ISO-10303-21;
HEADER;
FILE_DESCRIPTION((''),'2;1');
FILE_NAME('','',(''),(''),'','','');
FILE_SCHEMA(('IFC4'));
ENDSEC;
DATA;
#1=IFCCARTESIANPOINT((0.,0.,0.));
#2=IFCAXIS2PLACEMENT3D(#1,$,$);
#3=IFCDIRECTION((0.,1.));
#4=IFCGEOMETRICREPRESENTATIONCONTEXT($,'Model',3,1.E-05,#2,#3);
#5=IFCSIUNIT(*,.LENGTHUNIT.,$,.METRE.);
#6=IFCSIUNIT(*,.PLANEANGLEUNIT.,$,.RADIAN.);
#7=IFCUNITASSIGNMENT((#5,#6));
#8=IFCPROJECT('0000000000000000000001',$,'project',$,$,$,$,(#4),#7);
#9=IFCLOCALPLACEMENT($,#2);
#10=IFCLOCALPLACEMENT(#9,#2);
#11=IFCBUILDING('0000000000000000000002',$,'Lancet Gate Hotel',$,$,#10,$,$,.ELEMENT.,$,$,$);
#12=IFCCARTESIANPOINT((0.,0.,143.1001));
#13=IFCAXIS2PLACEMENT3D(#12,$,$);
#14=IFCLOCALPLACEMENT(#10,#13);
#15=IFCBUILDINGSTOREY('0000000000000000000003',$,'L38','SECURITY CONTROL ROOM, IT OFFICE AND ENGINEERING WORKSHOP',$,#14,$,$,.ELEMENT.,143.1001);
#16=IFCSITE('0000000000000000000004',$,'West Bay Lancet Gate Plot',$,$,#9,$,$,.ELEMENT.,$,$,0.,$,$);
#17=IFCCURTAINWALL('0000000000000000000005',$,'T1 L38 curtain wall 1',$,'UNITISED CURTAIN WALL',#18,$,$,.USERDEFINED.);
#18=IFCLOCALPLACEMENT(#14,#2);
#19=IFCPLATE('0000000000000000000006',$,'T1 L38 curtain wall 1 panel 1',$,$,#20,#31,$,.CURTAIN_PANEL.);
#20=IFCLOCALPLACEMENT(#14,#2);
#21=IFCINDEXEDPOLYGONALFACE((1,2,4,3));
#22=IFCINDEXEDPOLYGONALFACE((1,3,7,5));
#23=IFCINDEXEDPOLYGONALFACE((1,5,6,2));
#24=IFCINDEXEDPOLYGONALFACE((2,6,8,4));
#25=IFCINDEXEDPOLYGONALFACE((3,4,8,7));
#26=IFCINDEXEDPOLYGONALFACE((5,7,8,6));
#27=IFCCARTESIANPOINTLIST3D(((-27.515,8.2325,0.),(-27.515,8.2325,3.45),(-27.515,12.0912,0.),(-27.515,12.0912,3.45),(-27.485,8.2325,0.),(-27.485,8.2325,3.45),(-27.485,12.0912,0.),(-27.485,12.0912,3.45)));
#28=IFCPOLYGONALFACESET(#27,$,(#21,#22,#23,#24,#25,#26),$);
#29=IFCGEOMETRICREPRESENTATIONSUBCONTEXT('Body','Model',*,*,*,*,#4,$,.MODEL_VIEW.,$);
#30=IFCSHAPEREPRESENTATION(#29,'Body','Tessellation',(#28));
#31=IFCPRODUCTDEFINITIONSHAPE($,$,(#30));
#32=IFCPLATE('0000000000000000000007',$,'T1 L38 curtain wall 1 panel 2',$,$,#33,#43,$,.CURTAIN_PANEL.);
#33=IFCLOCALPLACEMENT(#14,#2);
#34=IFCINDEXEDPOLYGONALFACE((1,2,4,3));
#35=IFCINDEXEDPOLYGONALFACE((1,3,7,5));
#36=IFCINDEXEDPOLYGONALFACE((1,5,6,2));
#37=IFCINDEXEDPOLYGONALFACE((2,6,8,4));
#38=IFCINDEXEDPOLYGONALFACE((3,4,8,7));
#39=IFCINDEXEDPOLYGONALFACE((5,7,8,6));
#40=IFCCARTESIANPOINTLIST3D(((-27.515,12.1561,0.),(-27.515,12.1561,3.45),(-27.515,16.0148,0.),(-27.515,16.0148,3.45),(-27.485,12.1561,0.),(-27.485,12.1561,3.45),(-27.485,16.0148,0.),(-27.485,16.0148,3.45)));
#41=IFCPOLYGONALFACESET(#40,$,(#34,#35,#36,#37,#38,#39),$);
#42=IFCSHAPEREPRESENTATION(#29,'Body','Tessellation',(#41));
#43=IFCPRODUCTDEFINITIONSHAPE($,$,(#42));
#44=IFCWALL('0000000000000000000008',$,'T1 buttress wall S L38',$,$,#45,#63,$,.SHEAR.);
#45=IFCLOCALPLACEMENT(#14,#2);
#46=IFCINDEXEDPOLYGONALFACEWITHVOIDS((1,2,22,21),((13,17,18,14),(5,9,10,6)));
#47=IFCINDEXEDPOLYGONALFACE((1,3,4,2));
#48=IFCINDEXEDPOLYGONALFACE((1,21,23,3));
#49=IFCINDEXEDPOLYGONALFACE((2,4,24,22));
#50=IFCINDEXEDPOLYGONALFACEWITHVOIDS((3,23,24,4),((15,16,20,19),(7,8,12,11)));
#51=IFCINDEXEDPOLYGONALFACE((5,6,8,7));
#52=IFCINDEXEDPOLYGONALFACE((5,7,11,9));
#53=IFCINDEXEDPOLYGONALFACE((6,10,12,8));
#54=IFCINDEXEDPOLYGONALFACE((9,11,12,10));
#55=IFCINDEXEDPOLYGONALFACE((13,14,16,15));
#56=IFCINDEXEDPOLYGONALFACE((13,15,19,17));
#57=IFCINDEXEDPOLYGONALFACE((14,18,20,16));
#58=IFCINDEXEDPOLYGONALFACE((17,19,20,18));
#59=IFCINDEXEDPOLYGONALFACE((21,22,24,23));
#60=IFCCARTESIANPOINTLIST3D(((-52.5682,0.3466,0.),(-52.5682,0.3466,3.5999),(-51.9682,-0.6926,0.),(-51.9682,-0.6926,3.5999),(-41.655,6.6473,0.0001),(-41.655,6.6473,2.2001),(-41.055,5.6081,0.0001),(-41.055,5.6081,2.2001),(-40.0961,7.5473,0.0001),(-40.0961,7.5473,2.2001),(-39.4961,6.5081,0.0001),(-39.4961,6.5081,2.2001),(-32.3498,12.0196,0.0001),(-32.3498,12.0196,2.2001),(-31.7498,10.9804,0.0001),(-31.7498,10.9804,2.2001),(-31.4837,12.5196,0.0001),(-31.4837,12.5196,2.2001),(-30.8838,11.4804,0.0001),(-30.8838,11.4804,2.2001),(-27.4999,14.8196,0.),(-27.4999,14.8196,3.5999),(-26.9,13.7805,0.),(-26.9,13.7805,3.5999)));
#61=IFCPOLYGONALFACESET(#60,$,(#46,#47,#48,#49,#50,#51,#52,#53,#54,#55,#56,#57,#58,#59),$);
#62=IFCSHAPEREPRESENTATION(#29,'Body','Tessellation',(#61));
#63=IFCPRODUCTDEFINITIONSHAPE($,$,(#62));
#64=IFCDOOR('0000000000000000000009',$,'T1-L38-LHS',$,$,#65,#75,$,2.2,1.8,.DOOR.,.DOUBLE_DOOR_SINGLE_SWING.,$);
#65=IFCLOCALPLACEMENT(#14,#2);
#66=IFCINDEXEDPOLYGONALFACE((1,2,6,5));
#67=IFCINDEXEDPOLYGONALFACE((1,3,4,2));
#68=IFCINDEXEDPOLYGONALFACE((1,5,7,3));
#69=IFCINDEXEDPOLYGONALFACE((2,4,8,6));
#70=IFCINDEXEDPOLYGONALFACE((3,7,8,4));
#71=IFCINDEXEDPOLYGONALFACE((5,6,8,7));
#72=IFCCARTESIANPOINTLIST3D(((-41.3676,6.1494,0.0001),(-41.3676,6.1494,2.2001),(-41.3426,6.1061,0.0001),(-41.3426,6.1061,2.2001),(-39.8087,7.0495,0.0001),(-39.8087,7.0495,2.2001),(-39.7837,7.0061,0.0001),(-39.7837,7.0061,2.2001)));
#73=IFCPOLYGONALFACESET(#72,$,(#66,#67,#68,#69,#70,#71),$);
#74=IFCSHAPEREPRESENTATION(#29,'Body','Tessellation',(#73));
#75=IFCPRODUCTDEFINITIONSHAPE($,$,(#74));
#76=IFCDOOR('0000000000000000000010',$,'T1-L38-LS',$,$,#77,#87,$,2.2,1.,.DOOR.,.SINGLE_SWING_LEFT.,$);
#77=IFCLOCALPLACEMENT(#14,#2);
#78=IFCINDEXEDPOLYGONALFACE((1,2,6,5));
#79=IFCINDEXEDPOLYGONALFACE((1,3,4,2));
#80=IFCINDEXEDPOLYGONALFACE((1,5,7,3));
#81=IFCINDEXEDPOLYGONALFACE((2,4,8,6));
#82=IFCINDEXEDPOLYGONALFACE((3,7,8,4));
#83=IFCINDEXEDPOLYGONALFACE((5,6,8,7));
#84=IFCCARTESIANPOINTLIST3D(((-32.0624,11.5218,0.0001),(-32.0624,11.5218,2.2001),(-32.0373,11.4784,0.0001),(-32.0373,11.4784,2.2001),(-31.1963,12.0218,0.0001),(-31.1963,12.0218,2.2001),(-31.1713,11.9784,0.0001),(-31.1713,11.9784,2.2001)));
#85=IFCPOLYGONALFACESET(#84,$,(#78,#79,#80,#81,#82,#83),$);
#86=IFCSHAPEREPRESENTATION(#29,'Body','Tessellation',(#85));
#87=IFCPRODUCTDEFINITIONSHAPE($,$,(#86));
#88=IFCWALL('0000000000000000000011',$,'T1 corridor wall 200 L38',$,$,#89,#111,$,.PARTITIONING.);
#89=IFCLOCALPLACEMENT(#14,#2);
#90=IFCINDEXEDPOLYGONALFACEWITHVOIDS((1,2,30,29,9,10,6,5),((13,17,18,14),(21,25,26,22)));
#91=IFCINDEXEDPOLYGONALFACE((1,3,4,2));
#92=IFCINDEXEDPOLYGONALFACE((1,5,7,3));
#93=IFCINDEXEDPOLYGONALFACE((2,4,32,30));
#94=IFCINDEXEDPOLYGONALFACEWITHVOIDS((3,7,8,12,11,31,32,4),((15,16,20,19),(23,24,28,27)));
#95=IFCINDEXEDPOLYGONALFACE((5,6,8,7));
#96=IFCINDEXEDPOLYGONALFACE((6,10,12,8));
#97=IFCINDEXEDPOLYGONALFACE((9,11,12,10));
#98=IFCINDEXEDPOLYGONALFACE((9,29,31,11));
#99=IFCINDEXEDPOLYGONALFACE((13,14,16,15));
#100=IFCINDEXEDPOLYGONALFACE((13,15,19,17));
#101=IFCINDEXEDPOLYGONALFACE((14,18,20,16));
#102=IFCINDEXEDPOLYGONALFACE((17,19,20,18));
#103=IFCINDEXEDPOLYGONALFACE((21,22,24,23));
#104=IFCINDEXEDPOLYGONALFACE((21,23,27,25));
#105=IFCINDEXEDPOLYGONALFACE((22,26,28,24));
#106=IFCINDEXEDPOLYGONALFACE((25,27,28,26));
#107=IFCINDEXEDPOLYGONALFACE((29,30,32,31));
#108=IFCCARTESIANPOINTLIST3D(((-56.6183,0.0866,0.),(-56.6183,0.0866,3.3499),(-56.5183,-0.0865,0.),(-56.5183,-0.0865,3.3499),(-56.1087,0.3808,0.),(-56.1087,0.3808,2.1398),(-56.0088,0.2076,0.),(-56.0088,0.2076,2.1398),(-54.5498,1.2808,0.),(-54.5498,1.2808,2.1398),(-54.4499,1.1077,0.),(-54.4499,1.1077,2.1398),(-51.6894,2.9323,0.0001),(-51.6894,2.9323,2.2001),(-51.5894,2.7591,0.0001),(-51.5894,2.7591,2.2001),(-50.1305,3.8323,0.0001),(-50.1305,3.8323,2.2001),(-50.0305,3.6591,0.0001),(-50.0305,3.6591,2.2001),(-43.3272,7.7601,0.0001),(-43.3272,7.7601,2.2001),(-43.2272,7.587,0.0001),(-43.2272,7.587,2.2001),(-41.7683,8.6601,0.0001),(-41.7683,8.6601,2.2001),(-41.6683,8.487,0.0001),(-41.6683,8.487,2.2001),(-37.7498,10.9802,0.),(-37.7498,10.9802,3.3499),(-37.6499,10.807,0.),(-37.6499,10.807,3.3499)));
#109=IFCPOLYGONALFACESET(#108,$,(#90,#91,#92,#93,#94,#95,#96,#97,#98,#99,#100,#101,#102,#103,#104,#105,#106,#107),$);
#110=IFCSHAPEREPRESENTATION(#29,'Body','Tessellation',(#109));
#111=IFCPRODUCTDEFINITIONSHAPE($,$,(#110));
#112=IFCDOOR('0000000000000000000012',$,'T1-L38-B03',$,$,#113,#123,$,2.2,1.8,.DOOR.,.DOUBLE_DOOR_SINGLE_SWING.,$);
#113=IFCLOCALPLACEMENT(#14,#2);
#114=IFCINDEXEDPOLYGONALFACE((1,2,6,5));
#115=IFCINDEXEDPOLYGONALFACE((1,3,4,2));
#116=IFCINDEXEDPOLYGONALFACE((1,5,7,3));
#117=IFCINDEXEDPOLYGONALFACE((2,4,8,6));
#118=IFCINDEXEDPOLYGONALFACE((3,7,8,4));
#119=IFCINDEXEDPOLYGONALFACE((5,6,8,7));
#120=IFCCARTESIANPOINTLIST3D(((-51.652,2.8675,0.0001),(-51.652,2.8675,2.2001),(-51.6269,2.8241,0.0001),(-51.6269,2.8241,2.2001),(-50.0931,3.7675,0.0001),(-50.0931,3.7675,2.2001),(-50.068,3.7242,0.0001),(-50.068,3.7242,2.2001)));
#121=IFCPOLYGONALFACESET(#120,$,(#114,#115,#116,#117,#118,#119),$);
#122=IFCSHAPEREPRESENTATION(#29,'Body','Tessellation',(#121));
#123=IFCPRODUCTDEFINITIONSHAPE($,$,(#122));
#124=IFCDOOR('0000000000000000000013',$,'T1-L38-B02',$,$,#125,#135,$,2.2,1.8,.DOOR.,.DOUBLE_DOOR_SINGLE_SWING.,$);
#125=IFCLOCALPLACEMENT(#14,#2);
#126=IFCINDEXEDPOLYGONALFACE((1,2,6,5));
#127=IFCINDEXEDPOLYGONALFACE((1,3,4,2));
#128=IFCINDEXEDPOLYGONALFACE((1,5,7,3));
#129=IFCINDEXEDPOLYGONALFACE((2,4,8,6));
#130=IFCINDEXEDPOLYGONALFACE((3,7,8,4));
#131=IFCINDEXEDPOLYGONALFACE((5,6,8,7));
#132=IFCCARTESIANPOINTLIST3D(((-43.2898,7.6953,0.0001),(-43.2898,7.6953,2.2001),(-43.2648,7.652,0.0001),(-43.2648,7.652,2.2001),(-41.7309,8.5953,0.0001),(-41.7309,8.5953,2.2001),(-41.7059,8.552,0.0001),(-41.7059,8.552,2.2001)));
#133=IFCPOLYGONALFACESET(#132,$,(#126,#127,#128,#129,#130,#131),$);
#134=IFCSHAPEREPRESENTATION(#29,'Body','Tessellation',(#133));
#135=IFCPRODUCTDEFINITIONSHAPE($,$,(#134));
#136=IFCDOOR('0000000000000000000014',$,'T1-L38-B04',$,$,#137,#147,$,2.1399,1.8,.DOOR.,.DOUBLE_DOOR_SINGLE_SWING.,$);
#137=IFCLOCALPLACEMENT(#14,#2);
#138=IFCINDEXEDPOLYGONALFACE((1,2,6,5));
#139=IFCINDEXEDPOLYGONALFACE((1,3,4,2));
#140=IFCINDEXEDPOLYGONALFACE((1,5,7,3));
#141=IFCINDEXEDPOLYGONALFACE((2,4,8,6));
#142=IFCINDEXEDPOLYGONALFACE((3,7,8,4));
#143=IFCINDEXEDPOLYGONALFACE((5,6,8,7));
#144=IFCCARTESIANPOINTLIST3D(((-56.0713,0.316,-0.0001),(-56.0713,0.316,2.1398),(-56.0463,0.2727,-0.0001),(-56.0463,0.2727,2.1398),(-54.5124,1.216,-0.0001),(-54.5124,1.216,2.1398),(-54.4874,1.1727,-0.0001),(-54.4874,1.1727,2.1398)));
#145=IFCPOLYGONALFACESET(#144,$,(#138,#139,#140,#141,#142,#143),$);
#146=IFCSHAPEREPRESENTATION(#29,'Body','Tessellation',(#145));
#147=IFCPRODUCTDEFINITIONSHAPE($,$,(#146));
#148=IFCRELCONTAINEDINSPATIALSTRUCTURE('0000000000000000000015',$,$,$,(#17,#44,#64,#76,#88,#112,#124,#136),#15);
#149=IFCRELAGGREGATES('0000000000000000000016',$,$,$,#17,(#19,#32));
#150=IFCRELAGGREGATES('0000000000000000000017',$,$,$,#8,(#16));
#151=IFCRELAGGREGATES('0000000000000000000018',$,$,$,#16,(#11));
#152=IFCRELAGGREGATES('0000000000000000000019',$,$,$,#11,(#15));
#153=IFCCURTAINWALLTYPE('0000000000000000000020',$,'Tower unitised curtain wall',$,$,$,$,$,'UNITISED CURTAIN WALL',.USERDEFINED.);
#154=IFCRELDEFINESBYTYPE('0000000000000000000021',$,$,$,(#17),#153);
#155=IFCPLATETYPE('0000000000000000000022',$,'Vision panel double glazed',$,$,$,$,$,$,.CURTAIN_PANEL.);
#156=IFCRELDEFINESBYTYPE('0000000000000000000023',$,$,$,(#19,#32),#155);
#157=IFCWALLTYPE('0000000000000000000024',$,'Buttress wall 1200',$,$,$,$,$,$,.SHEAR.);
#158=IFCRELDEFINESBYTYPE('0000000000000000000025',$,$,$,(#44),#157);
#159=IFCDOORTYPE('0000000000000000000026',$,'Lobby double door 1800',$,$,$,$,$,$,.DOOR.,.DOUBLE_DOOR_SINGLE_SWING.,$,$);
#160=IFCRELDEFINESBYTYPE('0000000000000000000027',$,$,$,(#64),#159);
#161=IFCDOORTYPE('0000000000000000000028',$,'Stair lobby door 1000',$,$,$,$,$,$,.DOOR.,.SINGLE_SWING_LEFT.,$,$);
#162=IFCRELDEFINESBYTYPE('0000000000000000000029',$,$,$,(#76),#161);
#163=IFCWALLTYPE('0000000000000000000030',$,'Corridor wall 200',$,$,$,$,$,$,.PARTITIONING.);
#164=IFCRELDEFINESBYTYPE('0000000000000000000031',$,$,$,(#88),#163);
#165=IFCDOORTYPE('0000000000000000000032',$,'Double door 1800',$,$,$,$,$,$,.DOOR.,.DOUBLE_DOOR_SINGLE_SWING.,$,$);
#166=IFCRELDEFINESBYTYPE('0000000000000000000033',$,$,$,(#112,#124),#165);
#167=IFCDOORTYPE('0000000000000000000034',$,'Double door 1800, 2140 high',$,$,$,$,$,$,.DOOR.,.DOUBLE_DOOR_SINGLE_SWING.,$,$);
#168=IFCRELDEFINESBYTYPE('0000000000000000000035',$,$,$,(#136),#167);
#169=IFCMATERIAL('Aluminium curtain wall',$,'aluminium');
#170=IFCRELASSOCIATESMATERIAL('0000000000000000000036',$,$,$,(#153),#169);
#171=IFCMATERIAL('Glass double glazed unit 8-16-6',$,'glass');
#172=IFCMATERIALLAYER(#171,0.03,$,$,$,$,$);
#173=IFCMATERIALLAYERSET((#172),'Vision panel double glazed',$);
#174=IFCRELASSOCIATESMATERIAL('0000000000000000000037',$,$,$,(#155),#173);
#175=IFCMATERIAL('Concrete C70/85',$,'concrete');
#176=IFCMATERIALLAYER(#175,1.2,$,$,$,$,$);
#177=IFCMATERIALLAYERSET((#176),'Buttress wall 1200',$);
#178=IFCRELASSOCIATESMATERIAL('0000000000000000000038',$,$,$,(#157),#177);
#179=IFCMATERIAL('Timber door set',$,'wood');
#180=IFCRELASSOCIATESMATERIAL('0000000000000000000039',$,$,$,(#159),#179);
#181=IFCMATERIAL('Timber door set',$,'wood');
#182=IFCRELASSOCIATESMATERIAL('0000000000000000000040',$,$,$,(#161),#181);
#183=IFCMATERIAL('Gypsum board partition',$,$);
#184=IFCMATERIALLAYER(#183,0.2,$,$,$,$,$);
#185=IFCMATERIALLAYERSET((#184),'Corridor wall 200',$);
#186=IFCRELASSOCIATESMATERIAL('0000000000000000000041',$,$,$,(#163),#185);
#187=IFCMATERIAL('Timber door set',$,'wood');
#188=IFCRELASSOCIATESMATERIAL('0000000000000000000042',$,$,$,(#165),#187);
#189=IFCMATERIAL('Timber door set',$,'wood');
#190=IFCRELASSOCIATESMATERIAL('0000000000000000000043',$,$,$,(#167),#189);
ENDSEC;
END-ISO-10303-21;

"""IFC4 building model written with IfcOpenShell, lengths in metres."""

from ifc_helpers import new_model, si_unit, direction, frame, frame_2d, origin, origin_2d, place, context, subcontext, project, spatial, rectangle, extrude, material, layer, layer_set, type_object, element, fill, aggregate, save


model = new_model("IFC4")

# Units and contexts
model_context = context("Model", 3, precision=1e-05, world=origin(), true_north=direction((0.0, 1.0)))
body_context = subcontext(model_context, "Body", "Model", "MODEL_VIEW")
ifc_project = project(units=[si_unit("LENGTHUNIT", "METRE"), si_unit("PLANEANGLEUNIT", "RADIAN")], contexts=[model_context])

# Site, building, storey
site_placement = place(None, origin())
site = spatial("IfcSite", under=ifc_project, at=site_placement, Name="West Bay Lancet Gate Plot", CompositionType="ELEMENT", RefElevation=0.0)
building_placement = place(site_placement, origin())
building = spatial("IfcBuilding", under=site, at=building_placement, Name="Lancet Gate Hotel", CompositionType="ELEMENT")
storey_placement = place(building_placement, frame((0.0, 0.0, 143.1001)))
storey = spatial("IfcBuildingStorey", under=building, at=storey_placement, Name="L38", Description="SECURITY CONTROL ROOM, IT OFFICE AND ENGINEERING WORKSHOP", CompositionType="ELEMENT", Elevation=143.1001)

# Curtain wall
ifc_material_1 = material(Name="Aluminium curtain wall", Category="aluminium")
curtain_wall_type = type_object("IfcCurtainWallType", Name="Tower unitised curtain wall", ElementType="UNITISED CURTAIN WALL", PredefinedType="USERDEFINED", material=ifc_material_1)
curtain_wall_placement = place(storey_placement, origin())
curtain_wall = element("IfcCurtainWall", 1, at=curtain_wall_placement, inside=storey, type_object=curtain_wall_type, Name="T1 L38 curtain wall 1", ObjectType="UNITISED CURTAIN WALL", PredefinedType="USERDEFINED")

# Plates
ifc_material_2 = material(Name="Glass double glazed unit 8-16-6", Category="glass")
ifc_layer_1 = layer(ifc_material_2, 0.03)
ifc_layer_set_1 = layer_set([ifc_layer_1], Name="Vision panel double glazed")
plate_type = type_object("IfcPlateType", Name="Vision panel double glazed", PredefinedType="CURTAIN_PANEL", material=ifc_layer_set_1)
plate_1_placement = place(storey_placement, frame((-27.5, 10.1619, 0.0), z_axis=(0.0, 0.0, 1.0), x_axis=(0.0, 1.0, 0.0)))
plate_1 = element("IfcPlate", 2, at=plate_1_placement, type_object=plate_type, Name="T1 L38 curtain wall 1 panel 1", PredefinedType="CURTAIN_PANEL", context=body_context, shape_type="SweptSolid", body=[
    extrude(rectangle(XDim=3.8586, YDim=0.03, at=origin_2d()), origin(), (0.0, 0.0, 1.0), 3.45),
])
plate_2_placement = place(storey_placement, frame((-27.5, 14.0854, 0.0), z_axis=(0.0, 0.0, 1.0), x_axis=(0.0, 1.0, 0.0)))
plate_2 = element("IfcPlate", 3, at=plate_2_placement, type_object=plate_type, Name="T1 L38 curtain wall 1 panel 2", PredefinedType="CURTAIN_PANEL", context=body_context, shape_type="SweptSolid", body=[
    extrude(rectangle(XDim=3.8586, YDim=0.03, at=origin_2d()), origin(), (0.0, 0.0, 1.0), 3.45),
])
aggregate(curtain_wall, [plate_1, plate_2])

# Walls, openings, doors
ifc_material_3 = material(Name="Concrete C70/85", Category="concrete")
ifc_layer_2 = layer(ifc_material_3, 1.2)
ifc_layer_set_2 = layer_set([ifc_layer_2], Name="Buttress wall 1200")
wall_type_1 = type_object("IfcWallType", Name="Buttress wall 1200", PredefinedType="SHEAR", material=ifc_layer_set_2)
wall_1_placement = place(storey_placement, frame((-27.2, 14.3, 0.0), z_axis=(0.0, 0.0, 1.0), x_axis=(-0.866027, -0.499998, 0.0)))
wall_1 = element("IfcWall", 4, at=wall_1_placement, inside=storey, type_object=wall_type_1, Name="T1 buttress wall S L38", PredefinedType="SHEAR", context=body_context, shape_type="SweptSolid", body=[
    extrude(rectangle(XDim=28.9463, YDim=1.2, at=frame_2d((14.4731, 0.0))), origin(), (0.0, 0.0, 1.0), 3.5999),
])
opening_1_placement = place(wall_1_placement, frame((4.6001, 0.0, 0.0)))
opening_1 = element("IfcOpeningElement", 5, at=opening_1_placement, cuts=wall_1, PredefinedType="OPENING", context=body_context, shape_type="SweptSolid", body=[
    extrude(rectangle(XDim=1.0, YDim=2.2, at=frame_2d((0.5, 1.1001))), frame((0.0, 0.6099, 0.0), z_axis=(0.0, -1.0, 0.0), x_axis=(1.0, 0.0, 0.0)), (0.0, 0.0, 1.0), 1.22),
])
opening_2_placement = place(wall_1_placement, frame((14.5449, 0.0, 0.0)))
opening_2 = element("IfcOpeningElement", 6, at=opening_2_placement, cuts=wall_1, PredefinedType="OPENING", context=body_context, shape_type="SweptSolid", body=[
    extrude(rectangle(XDim=1.8, YDim=2.2, at=frame_2d((0.8999, 1.1001))), frame((0.0, 0.6099, 0.0), z_axis=(0.0, -1.0, 0.0), x_axis=(1.0, 0.0, 0.0)), (0.0, 0.0, 1.0), 1.22),
])
ifc_material_4 = material(Name="Timber door set", Category="wood")
door_type_1 = type_object("IfcDoorType", Name="Lobby double door 1800", OperationType="DOUBLE_DOOR_SINGLE_SWING", PredefinedType="DOOR", material=ifc_material_4)
door_1_placement = place(opening_2_placement, origin())
door_1 = element("IfcDoor", 7, at=door_1_placement, inside=storey, type_object=door_type_1, Name="T1-L38-LHS", OperationType="DOUBLE_DOOR_SINGLE_SWING", OverallHeight=2.2, OverallWidth=1.8, PredefinedType="DOOR", context=body_context, shape_type="SweptSolid", body=[
    extrude(rectangle(XDim=1.8, YDim=2.2, at=frame_2d((0.8999, 1.1001))), frame((0.0, 0.0249, 0.0), z_axis=(0.0, -1.0, 0.0), x_axis=(1.0, 0.0, 0.0)), (0.0, 0.0, 1.0), 0.05),
])
fill(opening_2, door_1)
ifc_material_5 = material(Name="Timber door set", Category="wood")
door_type_2 = type_object("IfcDoorType", Name="Stair lobby door 1000", OperationType="SINGLE_SWING_LEFT", PredefinedType="DOOR", material=ifc_material_5)
door_2_placement = place(opening_1_placement, origin())
door_2 = element("IfcDoor", 8, at=door_2_placement, inside=storey, type_object=door_type_2, Name="T1-L38-LS", OperationType="SINGLE_SWING_LEFT", OverallHeight=2.2, OverallWidth=1.0, PredefinedType="DOOR", context=body_context, shape_type="SweptSolid", body=[
    extrude(rectangle(XDim=1.0, YDim=2.2, at=frame_2d((0.5, 1.1001))), frame((0.0, 0.0249, 0.0), z_axis=(0.0, -1.0, 0.0), x_axis=(1.0, 0.0, 0.0)), (0.0, 0.0, 1.0), 0.05),
])
fill(opening_1, door_2)
ifc_material_6 = material(Name="Gypsum board partition")
ifc_layer_3 = layer(ifc_material_6, 0.2)
ifc_layer_set_3 = layer_set([ifc_layer_3], Name="Corridor wall 200")
wall_type_2 = type_object("IfcWallType", Name="Corridor wall 200", PredefinedType="PARTITIONING", material=ifc_layer_set_3)
wall_2_placement = place(storey_placement, frame((-37.7, 10.8936, 0.0), z_axis=(0.0, 0.0, 1.0), x_axis=(-0.866028, -0.499996, 0.0)))
wall_2 = element("IfcWall", 9, at=wall_2_placement, inside=storey, type_object=wall_type_2, Name="T1 corridor wall 200 L38", PredefinedType="PARTITIONING", context=body_context, shape_type="SweptSolid", body=[
    extrude(rectangle(XDim=21.7874, YDim=0.2, at=frame_2d((10.8936, 0.0))), origin(), (0.0, 0.0, 1.0), 3.3499),
])
opening_3_placement = place(wall_2_placement, frame((14.2959, 0.0, 0.0)))
opening_3 = element("IfcOpeningElement", 10, at=opening_3_placement, cuts=wall_2, PredefinedType="OPENING", context=body_context, shape_type="SweptSolid", body=[
    extrude(rectangle(XDim=1.8, YDim=2.2, at=frame_2d((0.8999, 1.1001))), frame((0.0, 0.1099, 0.0), z_axis=(0.0, -1.0, 0.0), x_axis=(1.0, 0.0, 0.0)), (0.0, 0.0, 1.0), 0.22),
])
opening_4_placement = place(wall_2_placement, frame((19.3989, 0.0, 0.0)))
opening_4 = element("IfcOpeningElement", 11, at=opening_4_placement, cuts=wall_2, PredefinedType="OPENING", context=body_context, shape_type="SweptSolid", body=[
    extrude(rectangle(XDim=1.8, YDim=2.1399, at=frame_2d((0.8999, 1.0698))), frame((0.0, 0.1099, 0.0), z_axis=(0.0, -1.0, 0.0), x_axis=(1.0, 0.0, 0.0)), (0.0, 0.0, 1.0), 0.22),
])
opening_5_placement = place(wall_2_placement, frame((4.6401, 0.0, 0.0)))
opening_5 = element("IfcOpeningElement", 12, at=opening_5_placement, cuts=wall_2, PredefinedType="OPENING", context=body_context, shape_type="SweptSolid", body=[
    extrude(rectangle(XDim=1.8, YDim=2.2, at=frame_2d((0.8999, 1.1001))), frame((0.0, 0.1099, 0.0), z_axis=(0.0, -1.0, 0.0), x_axis=(1.0, 0.0, 0.0)), (0.0, 0.0, 1.0), 0.22),
])
ifc_material_7 = material(Name="Timber door set", Category="wood")
door_type_3 = type_object("IfcDoorType", Name="Double door 1800", OperationType="DOUBLE_DOOR_SINGLE_SWING", PredefinedType="DOOR", material=ifc_material_7)
door_3_placement = place(opening_3_placement, origin())
door_3 = element("IfcDoor", 13, at=door_3_placement, inside=storey, type_object=door_type_3, Name="T1-L38-B03", OperationType="DOUBLE_DOOR_SINGLE_SWING", OverallHeight=2.2, OverallWidth=1.8, PredefinedType="DOOR", context=body_context, shape_type="SweptSolid", body=[
    extrude(rectangle(XDim=1.8, YDim=2.2, at=frame_2d((0.8999, 1.1001))), frame((0.0, 0.0249, 0.0), z_axis=(0.0, -1.0, 0.0), x_axis=(1.0, 0.0, 0.0)), (0.0, 0.0, 1.0), 0.05),
])
fill(opening_3, door_3)
door_4_placement = place(opening_5_placement, origin())
door_4 = element("IfcDoor", 14, at=door_4_placement, inside=storey, type_object=door_type_3, Name="T1-L38-B02", OperationType="DOUBLE_DOOR_SINGLE_SWING", OverallHeight=2.2, OverallWidth=1.8, PredefinedType="DOOR", context=body_context, shape_type="SweptSolid", body=[
    extrude(rectangle(XDim=1.8, YDim=2.2, at=frame_2d((0.8999, 1.1001))), frame((0.0, 0.0249, 0.0), z_axis=(0.0, -1.0, 0.0), x_axis=(1.0, 0.0, 0.0)), (0.0, 0.0, 1.0), 0.05),
])
fill(opening_5, door_4)
ifc_material_8 = material(Name="Timber door set", Category="wood")
door_type_4 = type_object("IfcDoorType", Name="Double door 1800, 2140 high", OperationType="DOUBLE_DOOR_SINGLE_SWING", PredefinedType="DOOR", material=ifc_material_8)
door_5_placement = place(opening_4_placement, origin())
door_5 = element("IfcDoor", 15, at=door_5_placement, inside=storey, type_object=door_type_4, Name="T1-L38-B04", OperationType="DOUBLE_DOOR_SINGLE_SWING", OverallHeight=2.1399, OverallWidth=1.8, PredefinedType="DOOR", context=body_context, shape_type="SweptSolid", body=[
    extrude(rectangle(XDim=1.8, YDim=2.1399, at=frame_2d((0.8999, 1.0698))), frame((0.0, 0.0249, 0.0), z_axis=(0.0, -1.0, 0.0), x_axis=(1.0, 0.0, 0.0)), (0.0, 0.0, 1.0), 0.05),
])
fill(opening_4, door_5)

save(model, "model.ifc")
